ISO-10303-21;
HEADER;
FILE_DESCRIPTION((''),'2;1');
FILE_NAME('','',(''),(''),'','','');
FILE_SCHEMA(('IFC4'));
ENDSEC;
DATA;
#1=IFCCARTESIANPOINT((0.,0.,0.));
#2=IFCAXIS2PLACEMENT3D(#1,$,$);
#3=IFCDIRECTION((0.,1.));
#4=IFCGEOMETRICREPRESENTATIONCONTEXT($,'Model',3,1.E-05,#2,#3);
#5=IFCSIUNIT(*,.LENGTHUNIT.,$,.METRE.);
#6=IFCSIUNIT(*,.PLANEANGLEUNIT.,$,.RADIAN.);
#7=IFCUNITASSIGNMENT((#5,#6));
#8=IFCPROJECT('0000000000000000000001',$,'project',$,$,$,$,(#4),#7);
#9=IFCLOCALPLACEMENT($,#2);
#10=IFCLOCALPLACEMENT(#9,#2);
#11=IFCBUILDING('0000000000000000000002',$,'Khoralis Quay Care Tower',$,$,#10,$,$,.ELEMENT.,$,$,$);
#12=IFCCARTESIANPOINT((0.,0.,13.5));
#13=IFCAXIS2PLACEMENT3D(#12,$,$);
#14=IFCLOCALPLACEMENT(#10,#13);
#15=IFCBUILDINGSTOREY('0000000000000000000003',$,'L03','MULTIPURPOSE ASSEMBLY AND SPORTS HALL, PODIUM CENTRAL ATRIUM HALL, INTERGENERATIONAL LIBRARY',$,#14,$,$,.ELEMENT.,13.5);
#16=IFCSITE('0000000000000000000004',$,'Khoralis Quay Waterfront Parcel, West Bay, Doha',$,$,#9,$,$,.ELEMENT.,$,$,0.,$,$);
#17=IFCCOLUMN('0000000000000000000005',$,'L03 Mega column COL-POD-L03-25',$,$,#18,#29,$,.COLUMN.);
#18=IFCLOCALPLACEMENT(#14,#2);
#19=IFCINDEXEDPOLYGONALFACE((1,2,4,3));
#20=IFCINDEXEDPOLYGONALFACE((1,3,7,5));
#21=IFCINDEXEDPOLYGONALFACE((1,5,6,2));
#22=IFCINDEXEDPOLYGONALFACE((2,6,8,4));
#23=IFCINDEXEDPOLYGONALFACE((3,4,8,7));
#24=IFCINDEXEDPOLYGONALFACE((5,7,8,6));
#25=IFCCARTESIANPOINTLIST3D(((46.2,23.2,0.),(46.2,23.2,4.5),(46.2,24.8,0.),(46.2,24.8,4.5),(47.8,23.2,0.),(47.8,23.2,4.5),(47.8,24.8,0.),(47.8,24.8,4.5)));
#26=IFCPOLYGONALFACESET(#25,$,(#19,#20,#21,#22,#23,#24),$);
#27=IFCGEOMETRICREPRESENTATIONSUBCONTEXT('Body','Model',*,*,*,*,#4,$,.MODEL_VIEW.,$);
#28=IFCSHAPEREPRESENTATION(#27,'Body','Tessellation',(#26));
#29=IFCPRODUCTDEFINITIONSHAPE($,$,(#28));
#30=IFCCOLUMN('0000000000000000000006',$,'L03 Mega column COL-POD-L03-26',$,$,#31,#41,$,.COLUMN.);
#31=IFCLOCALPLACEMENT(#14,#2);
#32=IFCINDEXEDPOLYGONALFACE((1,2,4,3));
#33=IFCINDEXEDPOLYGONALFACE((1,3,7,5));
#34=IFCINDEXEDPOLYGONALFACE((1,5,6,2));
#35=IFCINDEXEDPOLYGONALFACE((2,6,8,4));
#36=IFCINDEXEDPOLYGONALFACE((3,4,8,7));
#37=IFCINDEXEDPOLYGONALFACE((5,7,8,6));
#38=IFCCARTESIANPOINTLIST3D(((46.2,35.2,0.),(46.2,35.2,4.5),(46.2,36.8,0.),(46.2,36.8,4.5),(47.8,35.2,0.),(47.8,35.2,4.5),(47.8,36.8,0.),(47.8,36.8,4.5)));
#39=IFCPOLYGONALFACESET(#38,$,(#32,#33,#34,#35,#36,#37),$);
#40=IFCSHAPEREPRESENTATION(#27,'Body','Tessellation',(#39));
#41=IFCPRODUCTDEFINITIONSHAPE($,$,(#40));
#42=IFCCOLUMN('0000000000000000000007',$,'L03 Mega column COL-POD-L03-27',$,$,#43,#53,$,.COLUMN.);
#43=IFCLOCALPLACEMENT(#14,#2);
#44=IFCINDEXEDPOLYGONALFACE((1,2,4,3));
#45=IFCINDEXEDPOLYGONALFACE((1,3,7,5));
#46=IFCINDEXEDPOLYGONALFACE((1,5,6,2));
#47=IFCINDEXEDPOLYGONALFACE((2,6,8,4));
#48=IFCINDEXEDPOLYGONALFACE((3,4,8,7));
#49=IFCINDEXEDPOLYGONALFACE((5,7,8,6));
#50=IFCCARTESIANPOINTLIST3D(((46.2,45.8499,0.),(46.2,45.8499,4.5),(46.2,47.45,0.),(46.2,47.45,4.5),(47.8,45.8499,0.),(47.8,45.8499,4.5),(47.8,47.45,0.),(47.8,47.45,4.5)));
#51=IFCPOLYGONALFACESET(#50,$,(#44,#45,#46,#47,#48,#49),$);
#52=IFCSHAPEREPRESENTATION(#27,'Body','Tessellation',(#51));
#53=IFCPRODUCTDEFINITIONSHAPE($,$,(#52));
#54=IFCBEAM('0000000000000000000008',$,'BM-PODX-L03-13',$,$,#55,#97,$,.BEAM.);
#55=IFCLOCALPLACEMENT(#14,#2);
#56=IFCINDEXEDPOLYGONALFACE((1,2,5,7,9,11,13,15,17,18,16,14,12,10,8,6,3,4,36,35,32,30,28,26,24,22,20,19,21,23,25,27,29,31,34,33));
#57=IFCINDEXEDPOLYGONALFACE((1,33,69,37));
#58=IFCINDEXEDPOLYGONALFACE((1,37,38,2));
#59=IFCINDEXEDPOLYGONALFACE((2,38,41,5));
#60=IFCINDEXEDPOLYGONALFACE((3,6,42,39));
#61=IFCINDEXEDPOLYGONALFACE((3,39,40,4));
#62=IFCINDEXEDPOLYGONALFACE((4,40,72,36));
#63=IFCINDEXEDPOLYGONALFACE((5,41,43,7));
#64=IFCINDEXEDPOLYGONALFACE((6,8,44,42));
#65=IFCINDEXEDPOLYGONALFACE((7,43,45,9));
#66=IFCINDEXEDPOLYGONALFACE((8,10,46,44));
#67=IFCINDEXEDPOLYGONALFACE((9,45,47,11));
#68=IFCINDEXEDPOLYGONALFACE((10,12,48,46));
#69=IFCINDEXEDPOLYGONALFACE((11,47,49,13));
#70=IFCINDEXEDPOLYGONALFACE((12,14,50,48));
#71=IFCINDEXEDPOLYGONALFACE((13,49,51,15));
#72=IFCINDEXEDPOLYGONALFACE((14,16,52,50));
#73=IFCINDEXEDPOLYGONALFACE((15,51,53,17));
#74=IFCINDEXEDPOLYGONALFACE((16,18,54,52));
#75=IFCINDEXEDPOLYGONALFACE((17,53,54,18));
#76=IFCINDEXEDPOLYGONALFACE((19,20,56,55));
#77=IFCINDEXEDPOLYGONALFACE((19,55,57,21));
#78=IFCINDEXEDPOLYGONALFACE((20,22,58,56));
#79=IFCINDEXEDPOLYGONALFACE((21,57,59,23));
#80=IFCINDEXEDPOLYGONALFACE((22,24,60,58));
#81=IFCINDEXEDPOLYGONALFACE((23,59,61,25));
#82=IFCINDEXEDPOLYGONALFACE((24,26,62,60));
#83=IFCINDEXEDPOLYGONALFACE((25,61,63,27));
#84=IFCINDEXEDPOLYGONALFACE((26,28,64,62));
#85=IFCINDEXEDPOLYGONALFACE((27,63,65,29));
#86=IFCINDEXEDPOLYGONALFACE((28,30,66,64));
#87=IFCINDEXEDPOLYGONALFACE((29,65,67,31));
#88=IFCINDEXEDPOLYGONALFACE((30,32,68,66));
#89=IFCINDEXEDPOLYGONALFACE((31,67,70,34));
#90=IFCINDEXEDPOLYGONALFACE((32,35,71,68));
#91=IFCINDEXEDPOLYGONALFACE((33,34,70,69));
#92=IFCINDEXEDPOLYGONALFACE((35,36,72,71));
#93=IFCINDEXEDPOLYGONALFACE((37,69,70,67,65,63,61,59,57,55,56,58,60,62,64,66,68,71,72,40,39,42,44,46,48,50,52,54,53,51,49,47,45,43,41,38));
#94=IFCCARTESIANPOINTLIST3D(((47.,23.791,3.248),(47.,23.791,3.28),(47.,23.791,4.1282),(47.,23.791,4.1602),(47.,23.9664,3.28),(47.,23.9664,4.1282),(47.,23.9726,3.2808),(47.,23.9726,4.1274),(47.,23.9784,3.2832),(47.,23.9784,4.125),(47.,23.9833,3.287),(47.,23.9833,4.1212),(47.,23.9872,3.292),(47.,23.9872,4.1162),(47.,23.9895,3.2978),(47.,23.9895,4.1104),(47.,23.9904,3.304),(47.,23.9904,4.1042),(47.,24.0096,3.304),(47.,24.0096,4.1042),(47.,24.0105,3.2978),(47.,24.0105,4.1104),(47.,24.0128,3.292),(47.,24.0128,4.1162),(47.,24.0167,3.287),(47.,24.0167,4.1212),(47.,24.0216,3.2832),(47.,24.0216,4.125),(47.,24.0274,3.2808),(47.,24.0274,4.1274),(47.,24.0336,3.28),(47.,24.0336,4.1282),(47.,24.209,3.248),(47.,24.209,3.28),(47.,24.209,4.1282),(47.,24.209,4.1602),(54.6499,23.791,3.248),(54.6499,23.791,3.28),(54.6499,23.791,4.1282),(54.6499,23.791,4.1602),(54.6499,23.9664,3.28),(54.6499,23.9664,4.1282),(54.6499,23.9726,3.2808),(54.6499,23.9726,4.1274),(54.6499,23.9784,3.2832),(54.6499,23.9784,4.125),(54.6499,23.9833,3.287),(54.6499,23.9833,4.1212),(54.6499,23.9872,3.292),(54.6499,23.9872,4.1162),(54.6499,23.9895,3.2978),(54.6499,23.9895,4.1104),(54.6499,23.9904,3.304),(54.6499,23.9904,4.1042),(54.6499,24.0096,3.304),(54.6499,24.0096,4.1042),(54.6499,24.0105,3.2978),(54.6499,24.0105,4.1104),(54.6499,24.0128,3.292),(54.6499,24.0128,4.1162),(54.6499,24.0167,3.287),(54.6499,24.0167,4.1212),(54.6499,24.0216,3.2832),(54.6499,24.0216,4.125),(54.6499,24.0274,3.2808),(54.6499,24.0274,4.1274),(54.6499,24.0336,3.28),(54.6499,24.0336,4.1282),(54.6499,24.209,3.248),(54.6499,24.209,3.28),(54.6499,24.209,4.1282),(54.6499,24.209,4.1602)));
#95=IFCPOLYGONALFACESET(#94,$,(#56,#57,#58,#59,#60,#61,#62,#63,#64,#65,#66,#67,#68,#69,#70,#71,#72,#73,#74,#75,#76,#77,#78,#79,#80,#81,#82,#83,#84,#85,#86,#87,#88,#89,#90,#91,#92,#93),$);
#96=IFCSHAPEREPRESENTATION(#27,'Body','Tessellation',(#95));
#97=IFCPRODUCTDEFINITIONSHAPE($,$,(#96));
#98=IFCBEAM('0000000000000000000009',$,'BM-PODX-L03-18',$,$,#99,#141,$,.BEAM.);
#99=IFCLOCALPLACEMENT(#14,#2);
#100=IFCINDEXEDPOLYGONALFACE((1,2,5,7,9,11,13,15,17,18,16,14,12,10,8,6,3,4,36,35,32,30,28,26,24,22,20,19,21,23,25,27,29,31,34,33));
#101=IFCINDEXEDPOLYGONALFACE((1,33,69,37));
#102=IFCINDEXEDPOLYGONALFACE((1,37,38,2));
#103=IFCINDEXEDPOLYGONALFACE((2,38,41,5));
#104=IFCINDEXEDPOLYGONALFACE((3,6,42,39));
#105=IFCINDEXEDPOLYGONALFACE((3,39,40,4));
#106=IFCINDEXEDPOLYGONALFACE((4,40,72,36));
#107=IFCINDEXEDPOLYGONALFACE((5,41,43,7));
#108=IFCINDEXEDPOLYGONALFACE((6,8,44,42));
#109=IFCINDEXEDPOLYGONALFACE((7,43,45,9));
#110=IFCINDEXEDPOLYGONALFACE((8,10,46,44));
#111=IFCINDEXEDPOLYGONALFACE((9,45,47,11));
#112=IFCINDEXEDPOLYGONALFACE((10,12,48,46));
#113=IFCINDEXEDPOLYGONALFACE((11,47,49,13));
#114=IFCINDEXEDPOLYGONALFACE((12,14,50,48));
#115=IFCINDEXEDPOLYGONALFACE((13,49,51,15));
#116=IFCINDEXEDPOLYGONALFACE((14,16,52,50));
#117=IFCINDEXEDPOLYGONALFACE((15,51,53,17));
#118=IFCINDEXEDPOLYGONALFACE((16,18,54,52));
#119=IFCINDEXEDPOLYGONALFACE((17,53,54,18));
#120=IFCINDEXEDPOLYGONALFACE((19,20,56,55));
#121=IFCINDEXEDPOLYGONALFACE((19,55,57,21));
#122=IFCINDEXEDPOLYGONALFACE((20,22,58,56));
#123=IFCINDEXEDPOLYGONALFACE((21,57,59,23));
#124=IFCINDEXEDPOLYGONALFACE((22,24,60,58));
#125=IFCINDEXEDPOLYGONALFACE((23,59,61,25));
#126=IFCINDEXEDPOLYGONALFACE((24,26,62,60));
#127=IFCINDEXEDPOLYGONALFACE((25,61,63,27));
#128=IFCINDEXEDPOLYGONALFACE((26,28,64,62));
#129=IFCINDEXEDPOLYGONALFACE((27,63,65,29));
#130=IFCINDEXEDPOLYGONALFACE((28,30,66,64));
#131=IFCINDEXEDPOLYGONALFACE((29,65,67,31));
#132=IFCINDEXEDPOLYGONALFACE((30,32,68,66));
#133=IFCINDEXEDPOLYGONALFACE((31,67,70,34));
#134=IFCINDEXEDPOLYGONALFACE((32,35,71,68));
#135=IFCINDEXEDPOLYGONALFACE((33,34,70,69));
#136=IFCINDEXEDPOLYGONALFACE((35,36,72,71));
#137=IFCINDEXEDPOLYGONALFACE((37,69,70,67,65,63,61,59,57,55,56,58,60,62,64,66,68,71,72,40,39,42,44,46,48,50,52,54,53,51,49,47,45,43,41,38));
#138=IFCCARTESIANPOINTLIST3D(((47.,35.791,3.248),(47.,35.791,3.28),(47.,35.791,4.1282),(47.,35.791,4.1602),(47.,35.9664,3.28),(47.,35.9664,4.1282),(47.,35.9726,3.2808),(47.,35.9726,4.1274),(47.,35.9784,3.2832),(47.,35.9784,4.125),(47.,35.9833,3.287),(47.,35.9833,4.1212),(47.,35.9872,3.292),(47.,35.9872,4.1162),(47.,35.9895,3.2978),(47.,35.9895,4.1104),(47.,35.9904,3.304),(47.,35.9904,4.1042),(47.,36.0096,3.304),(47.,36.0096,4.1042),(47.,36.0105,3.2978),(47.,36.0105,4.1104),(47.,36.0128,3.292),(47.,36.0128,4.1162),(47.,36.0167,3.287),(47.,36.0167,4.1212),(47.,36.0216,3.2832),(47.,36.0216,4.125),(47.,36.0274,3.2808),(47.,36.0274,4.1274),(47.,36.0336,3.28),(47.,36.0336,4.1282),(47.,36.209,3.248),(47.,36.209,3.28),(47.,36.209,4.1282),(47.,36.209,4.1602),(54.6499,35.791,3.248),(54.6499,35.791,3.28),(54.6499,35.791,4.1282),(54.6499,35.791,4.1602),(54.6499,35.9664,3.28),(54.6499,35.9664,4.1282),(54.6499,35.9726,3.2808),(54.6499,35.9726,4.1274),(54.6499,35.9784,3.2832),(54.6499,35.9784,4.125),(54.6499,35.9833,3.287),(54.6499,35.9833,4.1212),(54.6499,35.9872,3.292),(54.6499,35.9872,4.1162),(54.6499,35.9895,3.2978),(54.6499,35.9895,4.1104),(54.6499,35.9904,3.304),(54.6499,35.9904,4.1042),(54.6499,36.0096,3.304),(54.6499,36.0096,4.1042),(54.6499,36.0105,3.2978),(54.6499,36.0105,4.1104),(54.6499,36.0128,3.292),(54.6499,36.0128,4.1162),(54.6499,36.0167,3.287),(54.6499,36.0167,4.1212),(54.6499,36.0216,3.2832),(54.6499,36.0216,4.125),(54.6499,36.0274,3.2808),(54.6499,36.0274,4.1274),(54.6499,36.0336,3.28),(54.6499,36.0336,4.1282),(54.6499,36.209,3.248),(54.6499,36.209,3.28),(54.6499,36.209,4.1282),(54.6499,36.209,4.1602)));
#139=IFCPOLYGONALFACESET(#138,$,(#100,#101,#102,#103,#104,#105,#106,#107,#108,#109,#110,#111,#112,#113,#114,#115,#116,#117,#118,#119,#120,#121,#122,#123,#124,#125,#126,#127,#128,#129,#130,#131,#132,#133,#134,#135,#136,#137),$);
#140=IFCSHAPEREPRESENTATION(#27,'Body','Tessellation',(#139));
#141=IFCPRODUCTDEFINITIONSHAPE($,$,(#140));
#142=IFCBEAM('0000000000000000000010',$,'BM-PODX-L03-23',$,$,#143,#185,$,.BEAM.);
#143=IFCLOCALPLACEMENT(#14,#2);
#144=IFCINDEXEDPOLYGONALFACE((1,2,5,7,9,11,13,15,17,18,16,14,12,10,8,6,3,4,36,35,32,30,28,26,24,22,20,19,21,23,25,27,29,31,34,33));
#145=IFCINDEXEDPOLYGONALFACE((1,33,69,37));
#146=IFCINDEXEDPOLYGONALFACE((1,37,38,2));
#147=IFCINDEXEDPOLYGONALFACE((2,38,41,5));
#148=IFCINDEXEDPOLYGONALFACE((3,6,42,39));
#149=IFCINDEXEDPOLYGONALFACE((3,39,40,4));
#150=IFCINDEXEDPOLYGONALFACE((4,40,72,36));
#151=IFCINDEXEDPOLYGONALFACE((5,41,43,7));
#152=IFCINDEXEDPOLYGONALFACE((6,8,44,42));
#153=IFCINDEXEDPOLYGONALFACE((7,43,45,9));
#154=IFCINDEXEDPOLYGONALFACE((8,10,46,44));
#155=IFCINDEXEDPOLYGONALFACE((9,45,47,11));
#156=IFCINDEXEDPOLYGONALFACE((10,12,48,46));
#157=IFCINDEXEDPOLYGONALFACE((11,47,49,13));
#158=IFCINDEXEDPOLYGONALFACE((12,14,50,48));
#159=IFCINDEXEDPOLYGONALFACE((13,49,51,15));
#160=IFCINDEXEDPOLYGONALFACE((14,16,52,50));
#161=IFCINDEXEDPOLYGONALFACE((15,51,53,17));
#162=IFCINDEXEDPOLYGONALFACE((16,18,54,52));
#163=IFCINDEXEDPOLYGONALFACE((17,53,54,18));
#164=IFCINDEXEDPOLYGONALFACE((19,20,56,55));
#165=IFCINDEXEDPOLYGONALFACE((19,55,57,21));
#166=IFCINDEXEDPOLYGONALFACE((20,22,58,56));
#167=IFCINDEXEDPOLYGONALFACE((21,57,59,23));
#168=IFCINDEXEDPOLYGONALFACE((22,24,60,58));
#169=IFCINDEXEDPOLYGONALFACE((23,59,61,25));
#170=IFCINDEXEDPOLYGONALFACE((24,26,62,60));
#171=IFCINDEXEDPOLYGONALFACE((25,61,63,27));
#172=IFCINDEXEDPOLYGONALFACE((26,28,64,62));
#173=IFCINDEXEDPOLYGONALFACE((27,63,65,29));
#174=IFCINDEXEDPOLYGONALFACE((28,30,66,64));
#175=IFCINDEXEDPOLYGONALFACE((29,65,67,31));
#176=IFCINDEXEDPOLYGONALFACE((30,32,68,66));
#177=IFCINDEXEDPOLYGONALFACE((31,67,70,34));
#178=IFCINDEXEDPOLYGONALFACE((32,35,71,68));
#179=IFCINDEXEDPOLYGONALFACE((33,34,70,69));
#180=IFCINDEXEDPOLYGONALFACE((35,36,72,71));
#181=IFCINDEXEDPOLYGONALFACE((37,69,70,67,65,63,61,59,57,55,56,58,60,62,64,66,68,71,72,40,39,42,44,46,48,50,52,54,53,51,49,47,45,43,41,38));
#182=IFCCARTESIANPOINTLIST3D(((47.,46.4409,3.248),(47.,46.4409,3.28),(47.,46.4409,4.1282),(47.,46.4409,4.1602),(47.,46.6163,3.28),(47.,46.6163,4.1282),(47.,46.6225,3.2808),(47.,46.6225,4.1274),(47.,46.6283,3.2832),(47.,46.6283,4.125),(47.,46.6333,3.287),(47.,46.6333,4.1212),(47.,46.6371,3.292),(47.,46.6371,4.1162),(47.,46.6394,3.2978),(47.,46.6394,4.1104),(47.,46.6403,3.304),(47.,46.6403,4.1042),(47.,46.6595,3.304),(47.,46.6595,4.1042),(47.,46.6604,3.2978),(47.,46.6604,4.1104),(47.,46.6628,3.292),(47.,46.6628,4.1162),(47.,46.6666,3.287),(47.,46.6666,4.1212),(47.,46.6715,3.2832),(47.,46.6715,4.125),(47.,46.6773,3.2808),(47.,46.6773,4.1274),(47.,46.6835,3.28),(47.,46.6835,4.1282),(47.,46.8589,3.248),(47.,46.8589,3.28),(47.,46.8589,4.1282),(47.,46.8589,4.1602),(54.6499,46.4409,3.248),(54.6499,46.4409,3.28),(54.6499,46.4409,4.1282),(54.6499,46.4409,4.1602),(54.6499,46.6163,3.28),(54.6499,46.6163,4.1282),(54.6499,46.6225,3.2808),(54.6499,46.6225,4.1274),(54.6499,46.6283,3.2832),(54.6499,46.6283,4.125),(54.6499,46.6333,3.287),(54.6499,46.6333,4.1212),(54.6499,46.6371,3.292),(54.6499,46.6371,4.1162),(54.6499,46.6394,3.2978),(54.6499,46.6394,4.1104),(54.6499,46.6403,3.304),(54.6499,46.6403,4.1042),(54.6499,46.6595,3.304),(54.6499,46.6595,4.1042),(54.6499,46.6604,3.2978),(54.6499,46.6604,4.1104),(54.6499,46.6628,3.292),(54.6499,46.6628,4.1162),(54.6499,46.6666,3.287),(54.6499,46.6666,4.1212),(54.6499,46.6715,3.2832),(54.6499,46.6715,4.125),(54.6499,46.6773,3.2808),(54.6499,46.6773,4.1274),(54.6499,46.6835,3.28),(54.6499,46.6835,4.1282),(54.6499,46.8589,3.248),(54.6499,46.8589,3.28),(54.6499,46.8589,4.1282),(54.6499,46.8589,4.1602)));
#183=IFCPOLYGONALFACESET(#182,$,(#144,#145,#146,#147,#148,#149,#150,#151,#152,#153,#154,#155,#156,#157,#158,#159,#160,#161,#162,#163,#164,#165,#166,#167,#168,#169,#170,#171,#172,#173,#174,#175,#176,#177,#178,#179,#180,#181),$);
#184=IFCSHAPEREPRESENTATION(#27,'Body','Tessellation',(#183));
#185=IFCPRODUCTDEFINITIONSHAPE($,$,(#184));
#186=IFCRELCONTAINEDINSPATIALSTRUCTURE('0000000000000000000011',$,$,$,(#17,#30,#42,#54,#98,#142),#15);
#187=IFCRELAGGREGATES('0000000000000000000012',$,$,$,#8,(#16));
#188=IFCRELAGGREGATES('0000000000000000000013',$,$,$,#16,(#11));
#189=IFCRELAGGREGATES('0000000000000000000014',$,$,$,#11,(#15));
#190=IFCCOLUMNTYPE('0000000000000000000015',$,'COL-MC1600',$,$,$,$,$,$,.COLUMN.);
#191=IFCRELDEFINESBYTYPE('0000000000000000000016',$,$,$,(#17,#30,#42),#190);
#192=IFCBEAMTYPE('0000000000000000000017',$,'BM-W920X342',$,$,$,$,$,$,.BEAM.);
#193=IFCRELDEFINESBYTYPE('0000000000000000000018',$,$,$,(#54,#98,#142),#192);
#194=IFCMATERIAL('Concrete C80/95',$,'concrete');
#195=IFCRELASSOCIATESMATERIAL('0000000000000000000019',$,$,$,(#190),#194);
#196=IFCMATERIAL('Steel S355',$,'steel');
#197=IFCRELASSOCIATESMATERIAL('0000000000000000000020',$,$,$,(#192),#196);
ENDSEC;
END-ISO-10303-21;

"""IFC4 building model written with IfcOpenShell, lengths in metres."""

from ifc_helpers import new_model, si_unit, direction, frame, origin, origin_2d, place, context, subcontext, project, spatial, rectangle, i_section, extrude, source, transform, mapped, material, material_profile, profile_set, type_object, element, save


model = new_model("IFC4")

# Units and contexts
model_context = context("Model", 3, precision=1e-05, world=origin(), true_north=direction((0.0, 1.0)))
body_context = subcontext(model_context, "Body", "Model", "MODEL_VIEW")
ifc_project = project(units=[si_unit("LENGTHUNIT", "METRE"), si_unit("PLANEANGLEUNIT", "RADIAN")], contexts=[model_context])

# Site, building, storey
site_placement = place(None, origin())
site = spatial("IfcSite", under=ifc_project, at=site_placement, Name="Khoralis Quay Waterfront Parcel, West Bay, Doha", CompositionType="ELEMENT", RefElevation=0.0)
building_placement = place(site_placement, origin())
building = spatial("IfcBuilding", under=site, at=building_placement, Name="Khoralis Quay Care Tower", CompositionType="ELEMENT")
storey_placement = place(building_placement, frame((0.0, 0.0, 13.5)))
storey = spatial("IfcBuildingStorey", under=building, at=storey_placement, Name="L03", Description="MULTIPURPOSE ASSEMBLY AND SPORTS HALL, PODIUM CENTRAL ATRIUM HALL, INTERGENERATIONAL LIBRARY", CompositionType="ELEMENT", Elevation=13.5)

# Columns
ifc_material_1 = material(Name="Concrete C80/95", Category="concrete")
ifc_material_profile_1 = material_profile(ifc_material_1, rectangle(XDim=1.6001, YDim=1.6001, at=origin_2d()), Name="Concrete C80/95")
ifc_profile_set_1 = profile_set([ifc_material_profile_1], Name="Concrete C80/95")
column_type = type_object("IfcColumnType", Name="COL-MC1600", PredefinedType="COLUMN", material=ifc_profile_set_1)
shared_shape_1 = source(origin(), body_context, "Body", "SweptSolid", [
    extrude(rectangle(XDim=1.6001, YDim=1.6001, at=origin_2d()), origin(), (0.0, 0.0, 1.0), 4.5),
])
for number, where, z_axis, x_axis, name in (
    (1, (47.0, 24.0, 0.0), (0.0, 0.0, 1.0), (1.0, 0.0, 0.0), "L03 Mega column COL-POD-L03-25"),
    (2, (47.0, 36.0, 0.0), (0.0, 0.0, 1.0), (1.0, 0.0, 0.0), "L03 Mega column COL-POD-L03-26"),
    (3, (47.0, 46.6499, 0.0), (0.0, 0.0, 1.0), (1.0, 0.0, 0.0), "L03 Mega column COL-POD-L03-27"),
):
    element("IfcColumn", number, at=place(storey_placement, frame(where, z_axis=z_axis, x_axis=x_axis)), inside=storey, type_object=column_type, Name=name, PredefinedType="COLUMN", context=body_context, shape_type="MappedRepresentation", body=[
        mapped(shared_shape_1, transform((0.0, 0.0, 0.0), scale=1.0)),
    ])

# Beams
ifc_material_2 = material(Name="Steel S355", Category="steel")
ifc_material_profile_2 = material_profile(ifc_material_2, i_section(OverallWidth=0.418, OverallDepth=0.9121, WebThickness=0.0193, FlangeThickness=0.032, FilletRadius=0.0239, at=origin_2d()), Name="Steel S355")
ifc_profile_set_2 = profile_set([ifc_material_profile_2], Name="Steel S355")
beam_type_1 = type_object("IfcBeamType", Name="BM-W920X342", PredefinedType="BEAM", material=ifc_profile_set_2)
shared_shape_2 = source(origin(), body_context, "Body", "SweptSolid", [
    extrude(i_section(OverallWidth=0.418, OverallDepth=0.9121, WebThickness=0.0193, FlangeThickness=0.032, FilletRadius=0.0239, at=origin_2d()), origin(), (0.0, 0.0, 1.0), 7.6499),
])
for number, where, z_axis, x_axis, name in (
    (4, (47.0, 24.0, 3.7041), (1.0, 0.0, 0.0), (0.0, 1.0, 0.0), "BM-PODX-L03-13"),
    (5, (47.0, 36.0, 3.7041), (1.0, 0.0, 0.0), (0.0, 1.0, 0.0), "BM-PODX-L03-18"),
    (6, (47.0, 46.6499, 3.7041), (1.0, 0.0, 0.0), (0.0, 1.0, 0.0), "BM-PODX-L03-23"),
):
    element("IfcBeam", number, at=place(storey_placement, frame(where, z_axis=z_axis, x_axis=x_axis)), inside=storey, type_object=beam_type_1, Name=name, PredefinedType="BEAM", context=body_context, shape_type="MappedRepresentation", body=[
        mapped(shared_shape_2, transform((0.0, 0.0, 0.0), scale=1.0)),
    ])

save(model, "model.ifc")
